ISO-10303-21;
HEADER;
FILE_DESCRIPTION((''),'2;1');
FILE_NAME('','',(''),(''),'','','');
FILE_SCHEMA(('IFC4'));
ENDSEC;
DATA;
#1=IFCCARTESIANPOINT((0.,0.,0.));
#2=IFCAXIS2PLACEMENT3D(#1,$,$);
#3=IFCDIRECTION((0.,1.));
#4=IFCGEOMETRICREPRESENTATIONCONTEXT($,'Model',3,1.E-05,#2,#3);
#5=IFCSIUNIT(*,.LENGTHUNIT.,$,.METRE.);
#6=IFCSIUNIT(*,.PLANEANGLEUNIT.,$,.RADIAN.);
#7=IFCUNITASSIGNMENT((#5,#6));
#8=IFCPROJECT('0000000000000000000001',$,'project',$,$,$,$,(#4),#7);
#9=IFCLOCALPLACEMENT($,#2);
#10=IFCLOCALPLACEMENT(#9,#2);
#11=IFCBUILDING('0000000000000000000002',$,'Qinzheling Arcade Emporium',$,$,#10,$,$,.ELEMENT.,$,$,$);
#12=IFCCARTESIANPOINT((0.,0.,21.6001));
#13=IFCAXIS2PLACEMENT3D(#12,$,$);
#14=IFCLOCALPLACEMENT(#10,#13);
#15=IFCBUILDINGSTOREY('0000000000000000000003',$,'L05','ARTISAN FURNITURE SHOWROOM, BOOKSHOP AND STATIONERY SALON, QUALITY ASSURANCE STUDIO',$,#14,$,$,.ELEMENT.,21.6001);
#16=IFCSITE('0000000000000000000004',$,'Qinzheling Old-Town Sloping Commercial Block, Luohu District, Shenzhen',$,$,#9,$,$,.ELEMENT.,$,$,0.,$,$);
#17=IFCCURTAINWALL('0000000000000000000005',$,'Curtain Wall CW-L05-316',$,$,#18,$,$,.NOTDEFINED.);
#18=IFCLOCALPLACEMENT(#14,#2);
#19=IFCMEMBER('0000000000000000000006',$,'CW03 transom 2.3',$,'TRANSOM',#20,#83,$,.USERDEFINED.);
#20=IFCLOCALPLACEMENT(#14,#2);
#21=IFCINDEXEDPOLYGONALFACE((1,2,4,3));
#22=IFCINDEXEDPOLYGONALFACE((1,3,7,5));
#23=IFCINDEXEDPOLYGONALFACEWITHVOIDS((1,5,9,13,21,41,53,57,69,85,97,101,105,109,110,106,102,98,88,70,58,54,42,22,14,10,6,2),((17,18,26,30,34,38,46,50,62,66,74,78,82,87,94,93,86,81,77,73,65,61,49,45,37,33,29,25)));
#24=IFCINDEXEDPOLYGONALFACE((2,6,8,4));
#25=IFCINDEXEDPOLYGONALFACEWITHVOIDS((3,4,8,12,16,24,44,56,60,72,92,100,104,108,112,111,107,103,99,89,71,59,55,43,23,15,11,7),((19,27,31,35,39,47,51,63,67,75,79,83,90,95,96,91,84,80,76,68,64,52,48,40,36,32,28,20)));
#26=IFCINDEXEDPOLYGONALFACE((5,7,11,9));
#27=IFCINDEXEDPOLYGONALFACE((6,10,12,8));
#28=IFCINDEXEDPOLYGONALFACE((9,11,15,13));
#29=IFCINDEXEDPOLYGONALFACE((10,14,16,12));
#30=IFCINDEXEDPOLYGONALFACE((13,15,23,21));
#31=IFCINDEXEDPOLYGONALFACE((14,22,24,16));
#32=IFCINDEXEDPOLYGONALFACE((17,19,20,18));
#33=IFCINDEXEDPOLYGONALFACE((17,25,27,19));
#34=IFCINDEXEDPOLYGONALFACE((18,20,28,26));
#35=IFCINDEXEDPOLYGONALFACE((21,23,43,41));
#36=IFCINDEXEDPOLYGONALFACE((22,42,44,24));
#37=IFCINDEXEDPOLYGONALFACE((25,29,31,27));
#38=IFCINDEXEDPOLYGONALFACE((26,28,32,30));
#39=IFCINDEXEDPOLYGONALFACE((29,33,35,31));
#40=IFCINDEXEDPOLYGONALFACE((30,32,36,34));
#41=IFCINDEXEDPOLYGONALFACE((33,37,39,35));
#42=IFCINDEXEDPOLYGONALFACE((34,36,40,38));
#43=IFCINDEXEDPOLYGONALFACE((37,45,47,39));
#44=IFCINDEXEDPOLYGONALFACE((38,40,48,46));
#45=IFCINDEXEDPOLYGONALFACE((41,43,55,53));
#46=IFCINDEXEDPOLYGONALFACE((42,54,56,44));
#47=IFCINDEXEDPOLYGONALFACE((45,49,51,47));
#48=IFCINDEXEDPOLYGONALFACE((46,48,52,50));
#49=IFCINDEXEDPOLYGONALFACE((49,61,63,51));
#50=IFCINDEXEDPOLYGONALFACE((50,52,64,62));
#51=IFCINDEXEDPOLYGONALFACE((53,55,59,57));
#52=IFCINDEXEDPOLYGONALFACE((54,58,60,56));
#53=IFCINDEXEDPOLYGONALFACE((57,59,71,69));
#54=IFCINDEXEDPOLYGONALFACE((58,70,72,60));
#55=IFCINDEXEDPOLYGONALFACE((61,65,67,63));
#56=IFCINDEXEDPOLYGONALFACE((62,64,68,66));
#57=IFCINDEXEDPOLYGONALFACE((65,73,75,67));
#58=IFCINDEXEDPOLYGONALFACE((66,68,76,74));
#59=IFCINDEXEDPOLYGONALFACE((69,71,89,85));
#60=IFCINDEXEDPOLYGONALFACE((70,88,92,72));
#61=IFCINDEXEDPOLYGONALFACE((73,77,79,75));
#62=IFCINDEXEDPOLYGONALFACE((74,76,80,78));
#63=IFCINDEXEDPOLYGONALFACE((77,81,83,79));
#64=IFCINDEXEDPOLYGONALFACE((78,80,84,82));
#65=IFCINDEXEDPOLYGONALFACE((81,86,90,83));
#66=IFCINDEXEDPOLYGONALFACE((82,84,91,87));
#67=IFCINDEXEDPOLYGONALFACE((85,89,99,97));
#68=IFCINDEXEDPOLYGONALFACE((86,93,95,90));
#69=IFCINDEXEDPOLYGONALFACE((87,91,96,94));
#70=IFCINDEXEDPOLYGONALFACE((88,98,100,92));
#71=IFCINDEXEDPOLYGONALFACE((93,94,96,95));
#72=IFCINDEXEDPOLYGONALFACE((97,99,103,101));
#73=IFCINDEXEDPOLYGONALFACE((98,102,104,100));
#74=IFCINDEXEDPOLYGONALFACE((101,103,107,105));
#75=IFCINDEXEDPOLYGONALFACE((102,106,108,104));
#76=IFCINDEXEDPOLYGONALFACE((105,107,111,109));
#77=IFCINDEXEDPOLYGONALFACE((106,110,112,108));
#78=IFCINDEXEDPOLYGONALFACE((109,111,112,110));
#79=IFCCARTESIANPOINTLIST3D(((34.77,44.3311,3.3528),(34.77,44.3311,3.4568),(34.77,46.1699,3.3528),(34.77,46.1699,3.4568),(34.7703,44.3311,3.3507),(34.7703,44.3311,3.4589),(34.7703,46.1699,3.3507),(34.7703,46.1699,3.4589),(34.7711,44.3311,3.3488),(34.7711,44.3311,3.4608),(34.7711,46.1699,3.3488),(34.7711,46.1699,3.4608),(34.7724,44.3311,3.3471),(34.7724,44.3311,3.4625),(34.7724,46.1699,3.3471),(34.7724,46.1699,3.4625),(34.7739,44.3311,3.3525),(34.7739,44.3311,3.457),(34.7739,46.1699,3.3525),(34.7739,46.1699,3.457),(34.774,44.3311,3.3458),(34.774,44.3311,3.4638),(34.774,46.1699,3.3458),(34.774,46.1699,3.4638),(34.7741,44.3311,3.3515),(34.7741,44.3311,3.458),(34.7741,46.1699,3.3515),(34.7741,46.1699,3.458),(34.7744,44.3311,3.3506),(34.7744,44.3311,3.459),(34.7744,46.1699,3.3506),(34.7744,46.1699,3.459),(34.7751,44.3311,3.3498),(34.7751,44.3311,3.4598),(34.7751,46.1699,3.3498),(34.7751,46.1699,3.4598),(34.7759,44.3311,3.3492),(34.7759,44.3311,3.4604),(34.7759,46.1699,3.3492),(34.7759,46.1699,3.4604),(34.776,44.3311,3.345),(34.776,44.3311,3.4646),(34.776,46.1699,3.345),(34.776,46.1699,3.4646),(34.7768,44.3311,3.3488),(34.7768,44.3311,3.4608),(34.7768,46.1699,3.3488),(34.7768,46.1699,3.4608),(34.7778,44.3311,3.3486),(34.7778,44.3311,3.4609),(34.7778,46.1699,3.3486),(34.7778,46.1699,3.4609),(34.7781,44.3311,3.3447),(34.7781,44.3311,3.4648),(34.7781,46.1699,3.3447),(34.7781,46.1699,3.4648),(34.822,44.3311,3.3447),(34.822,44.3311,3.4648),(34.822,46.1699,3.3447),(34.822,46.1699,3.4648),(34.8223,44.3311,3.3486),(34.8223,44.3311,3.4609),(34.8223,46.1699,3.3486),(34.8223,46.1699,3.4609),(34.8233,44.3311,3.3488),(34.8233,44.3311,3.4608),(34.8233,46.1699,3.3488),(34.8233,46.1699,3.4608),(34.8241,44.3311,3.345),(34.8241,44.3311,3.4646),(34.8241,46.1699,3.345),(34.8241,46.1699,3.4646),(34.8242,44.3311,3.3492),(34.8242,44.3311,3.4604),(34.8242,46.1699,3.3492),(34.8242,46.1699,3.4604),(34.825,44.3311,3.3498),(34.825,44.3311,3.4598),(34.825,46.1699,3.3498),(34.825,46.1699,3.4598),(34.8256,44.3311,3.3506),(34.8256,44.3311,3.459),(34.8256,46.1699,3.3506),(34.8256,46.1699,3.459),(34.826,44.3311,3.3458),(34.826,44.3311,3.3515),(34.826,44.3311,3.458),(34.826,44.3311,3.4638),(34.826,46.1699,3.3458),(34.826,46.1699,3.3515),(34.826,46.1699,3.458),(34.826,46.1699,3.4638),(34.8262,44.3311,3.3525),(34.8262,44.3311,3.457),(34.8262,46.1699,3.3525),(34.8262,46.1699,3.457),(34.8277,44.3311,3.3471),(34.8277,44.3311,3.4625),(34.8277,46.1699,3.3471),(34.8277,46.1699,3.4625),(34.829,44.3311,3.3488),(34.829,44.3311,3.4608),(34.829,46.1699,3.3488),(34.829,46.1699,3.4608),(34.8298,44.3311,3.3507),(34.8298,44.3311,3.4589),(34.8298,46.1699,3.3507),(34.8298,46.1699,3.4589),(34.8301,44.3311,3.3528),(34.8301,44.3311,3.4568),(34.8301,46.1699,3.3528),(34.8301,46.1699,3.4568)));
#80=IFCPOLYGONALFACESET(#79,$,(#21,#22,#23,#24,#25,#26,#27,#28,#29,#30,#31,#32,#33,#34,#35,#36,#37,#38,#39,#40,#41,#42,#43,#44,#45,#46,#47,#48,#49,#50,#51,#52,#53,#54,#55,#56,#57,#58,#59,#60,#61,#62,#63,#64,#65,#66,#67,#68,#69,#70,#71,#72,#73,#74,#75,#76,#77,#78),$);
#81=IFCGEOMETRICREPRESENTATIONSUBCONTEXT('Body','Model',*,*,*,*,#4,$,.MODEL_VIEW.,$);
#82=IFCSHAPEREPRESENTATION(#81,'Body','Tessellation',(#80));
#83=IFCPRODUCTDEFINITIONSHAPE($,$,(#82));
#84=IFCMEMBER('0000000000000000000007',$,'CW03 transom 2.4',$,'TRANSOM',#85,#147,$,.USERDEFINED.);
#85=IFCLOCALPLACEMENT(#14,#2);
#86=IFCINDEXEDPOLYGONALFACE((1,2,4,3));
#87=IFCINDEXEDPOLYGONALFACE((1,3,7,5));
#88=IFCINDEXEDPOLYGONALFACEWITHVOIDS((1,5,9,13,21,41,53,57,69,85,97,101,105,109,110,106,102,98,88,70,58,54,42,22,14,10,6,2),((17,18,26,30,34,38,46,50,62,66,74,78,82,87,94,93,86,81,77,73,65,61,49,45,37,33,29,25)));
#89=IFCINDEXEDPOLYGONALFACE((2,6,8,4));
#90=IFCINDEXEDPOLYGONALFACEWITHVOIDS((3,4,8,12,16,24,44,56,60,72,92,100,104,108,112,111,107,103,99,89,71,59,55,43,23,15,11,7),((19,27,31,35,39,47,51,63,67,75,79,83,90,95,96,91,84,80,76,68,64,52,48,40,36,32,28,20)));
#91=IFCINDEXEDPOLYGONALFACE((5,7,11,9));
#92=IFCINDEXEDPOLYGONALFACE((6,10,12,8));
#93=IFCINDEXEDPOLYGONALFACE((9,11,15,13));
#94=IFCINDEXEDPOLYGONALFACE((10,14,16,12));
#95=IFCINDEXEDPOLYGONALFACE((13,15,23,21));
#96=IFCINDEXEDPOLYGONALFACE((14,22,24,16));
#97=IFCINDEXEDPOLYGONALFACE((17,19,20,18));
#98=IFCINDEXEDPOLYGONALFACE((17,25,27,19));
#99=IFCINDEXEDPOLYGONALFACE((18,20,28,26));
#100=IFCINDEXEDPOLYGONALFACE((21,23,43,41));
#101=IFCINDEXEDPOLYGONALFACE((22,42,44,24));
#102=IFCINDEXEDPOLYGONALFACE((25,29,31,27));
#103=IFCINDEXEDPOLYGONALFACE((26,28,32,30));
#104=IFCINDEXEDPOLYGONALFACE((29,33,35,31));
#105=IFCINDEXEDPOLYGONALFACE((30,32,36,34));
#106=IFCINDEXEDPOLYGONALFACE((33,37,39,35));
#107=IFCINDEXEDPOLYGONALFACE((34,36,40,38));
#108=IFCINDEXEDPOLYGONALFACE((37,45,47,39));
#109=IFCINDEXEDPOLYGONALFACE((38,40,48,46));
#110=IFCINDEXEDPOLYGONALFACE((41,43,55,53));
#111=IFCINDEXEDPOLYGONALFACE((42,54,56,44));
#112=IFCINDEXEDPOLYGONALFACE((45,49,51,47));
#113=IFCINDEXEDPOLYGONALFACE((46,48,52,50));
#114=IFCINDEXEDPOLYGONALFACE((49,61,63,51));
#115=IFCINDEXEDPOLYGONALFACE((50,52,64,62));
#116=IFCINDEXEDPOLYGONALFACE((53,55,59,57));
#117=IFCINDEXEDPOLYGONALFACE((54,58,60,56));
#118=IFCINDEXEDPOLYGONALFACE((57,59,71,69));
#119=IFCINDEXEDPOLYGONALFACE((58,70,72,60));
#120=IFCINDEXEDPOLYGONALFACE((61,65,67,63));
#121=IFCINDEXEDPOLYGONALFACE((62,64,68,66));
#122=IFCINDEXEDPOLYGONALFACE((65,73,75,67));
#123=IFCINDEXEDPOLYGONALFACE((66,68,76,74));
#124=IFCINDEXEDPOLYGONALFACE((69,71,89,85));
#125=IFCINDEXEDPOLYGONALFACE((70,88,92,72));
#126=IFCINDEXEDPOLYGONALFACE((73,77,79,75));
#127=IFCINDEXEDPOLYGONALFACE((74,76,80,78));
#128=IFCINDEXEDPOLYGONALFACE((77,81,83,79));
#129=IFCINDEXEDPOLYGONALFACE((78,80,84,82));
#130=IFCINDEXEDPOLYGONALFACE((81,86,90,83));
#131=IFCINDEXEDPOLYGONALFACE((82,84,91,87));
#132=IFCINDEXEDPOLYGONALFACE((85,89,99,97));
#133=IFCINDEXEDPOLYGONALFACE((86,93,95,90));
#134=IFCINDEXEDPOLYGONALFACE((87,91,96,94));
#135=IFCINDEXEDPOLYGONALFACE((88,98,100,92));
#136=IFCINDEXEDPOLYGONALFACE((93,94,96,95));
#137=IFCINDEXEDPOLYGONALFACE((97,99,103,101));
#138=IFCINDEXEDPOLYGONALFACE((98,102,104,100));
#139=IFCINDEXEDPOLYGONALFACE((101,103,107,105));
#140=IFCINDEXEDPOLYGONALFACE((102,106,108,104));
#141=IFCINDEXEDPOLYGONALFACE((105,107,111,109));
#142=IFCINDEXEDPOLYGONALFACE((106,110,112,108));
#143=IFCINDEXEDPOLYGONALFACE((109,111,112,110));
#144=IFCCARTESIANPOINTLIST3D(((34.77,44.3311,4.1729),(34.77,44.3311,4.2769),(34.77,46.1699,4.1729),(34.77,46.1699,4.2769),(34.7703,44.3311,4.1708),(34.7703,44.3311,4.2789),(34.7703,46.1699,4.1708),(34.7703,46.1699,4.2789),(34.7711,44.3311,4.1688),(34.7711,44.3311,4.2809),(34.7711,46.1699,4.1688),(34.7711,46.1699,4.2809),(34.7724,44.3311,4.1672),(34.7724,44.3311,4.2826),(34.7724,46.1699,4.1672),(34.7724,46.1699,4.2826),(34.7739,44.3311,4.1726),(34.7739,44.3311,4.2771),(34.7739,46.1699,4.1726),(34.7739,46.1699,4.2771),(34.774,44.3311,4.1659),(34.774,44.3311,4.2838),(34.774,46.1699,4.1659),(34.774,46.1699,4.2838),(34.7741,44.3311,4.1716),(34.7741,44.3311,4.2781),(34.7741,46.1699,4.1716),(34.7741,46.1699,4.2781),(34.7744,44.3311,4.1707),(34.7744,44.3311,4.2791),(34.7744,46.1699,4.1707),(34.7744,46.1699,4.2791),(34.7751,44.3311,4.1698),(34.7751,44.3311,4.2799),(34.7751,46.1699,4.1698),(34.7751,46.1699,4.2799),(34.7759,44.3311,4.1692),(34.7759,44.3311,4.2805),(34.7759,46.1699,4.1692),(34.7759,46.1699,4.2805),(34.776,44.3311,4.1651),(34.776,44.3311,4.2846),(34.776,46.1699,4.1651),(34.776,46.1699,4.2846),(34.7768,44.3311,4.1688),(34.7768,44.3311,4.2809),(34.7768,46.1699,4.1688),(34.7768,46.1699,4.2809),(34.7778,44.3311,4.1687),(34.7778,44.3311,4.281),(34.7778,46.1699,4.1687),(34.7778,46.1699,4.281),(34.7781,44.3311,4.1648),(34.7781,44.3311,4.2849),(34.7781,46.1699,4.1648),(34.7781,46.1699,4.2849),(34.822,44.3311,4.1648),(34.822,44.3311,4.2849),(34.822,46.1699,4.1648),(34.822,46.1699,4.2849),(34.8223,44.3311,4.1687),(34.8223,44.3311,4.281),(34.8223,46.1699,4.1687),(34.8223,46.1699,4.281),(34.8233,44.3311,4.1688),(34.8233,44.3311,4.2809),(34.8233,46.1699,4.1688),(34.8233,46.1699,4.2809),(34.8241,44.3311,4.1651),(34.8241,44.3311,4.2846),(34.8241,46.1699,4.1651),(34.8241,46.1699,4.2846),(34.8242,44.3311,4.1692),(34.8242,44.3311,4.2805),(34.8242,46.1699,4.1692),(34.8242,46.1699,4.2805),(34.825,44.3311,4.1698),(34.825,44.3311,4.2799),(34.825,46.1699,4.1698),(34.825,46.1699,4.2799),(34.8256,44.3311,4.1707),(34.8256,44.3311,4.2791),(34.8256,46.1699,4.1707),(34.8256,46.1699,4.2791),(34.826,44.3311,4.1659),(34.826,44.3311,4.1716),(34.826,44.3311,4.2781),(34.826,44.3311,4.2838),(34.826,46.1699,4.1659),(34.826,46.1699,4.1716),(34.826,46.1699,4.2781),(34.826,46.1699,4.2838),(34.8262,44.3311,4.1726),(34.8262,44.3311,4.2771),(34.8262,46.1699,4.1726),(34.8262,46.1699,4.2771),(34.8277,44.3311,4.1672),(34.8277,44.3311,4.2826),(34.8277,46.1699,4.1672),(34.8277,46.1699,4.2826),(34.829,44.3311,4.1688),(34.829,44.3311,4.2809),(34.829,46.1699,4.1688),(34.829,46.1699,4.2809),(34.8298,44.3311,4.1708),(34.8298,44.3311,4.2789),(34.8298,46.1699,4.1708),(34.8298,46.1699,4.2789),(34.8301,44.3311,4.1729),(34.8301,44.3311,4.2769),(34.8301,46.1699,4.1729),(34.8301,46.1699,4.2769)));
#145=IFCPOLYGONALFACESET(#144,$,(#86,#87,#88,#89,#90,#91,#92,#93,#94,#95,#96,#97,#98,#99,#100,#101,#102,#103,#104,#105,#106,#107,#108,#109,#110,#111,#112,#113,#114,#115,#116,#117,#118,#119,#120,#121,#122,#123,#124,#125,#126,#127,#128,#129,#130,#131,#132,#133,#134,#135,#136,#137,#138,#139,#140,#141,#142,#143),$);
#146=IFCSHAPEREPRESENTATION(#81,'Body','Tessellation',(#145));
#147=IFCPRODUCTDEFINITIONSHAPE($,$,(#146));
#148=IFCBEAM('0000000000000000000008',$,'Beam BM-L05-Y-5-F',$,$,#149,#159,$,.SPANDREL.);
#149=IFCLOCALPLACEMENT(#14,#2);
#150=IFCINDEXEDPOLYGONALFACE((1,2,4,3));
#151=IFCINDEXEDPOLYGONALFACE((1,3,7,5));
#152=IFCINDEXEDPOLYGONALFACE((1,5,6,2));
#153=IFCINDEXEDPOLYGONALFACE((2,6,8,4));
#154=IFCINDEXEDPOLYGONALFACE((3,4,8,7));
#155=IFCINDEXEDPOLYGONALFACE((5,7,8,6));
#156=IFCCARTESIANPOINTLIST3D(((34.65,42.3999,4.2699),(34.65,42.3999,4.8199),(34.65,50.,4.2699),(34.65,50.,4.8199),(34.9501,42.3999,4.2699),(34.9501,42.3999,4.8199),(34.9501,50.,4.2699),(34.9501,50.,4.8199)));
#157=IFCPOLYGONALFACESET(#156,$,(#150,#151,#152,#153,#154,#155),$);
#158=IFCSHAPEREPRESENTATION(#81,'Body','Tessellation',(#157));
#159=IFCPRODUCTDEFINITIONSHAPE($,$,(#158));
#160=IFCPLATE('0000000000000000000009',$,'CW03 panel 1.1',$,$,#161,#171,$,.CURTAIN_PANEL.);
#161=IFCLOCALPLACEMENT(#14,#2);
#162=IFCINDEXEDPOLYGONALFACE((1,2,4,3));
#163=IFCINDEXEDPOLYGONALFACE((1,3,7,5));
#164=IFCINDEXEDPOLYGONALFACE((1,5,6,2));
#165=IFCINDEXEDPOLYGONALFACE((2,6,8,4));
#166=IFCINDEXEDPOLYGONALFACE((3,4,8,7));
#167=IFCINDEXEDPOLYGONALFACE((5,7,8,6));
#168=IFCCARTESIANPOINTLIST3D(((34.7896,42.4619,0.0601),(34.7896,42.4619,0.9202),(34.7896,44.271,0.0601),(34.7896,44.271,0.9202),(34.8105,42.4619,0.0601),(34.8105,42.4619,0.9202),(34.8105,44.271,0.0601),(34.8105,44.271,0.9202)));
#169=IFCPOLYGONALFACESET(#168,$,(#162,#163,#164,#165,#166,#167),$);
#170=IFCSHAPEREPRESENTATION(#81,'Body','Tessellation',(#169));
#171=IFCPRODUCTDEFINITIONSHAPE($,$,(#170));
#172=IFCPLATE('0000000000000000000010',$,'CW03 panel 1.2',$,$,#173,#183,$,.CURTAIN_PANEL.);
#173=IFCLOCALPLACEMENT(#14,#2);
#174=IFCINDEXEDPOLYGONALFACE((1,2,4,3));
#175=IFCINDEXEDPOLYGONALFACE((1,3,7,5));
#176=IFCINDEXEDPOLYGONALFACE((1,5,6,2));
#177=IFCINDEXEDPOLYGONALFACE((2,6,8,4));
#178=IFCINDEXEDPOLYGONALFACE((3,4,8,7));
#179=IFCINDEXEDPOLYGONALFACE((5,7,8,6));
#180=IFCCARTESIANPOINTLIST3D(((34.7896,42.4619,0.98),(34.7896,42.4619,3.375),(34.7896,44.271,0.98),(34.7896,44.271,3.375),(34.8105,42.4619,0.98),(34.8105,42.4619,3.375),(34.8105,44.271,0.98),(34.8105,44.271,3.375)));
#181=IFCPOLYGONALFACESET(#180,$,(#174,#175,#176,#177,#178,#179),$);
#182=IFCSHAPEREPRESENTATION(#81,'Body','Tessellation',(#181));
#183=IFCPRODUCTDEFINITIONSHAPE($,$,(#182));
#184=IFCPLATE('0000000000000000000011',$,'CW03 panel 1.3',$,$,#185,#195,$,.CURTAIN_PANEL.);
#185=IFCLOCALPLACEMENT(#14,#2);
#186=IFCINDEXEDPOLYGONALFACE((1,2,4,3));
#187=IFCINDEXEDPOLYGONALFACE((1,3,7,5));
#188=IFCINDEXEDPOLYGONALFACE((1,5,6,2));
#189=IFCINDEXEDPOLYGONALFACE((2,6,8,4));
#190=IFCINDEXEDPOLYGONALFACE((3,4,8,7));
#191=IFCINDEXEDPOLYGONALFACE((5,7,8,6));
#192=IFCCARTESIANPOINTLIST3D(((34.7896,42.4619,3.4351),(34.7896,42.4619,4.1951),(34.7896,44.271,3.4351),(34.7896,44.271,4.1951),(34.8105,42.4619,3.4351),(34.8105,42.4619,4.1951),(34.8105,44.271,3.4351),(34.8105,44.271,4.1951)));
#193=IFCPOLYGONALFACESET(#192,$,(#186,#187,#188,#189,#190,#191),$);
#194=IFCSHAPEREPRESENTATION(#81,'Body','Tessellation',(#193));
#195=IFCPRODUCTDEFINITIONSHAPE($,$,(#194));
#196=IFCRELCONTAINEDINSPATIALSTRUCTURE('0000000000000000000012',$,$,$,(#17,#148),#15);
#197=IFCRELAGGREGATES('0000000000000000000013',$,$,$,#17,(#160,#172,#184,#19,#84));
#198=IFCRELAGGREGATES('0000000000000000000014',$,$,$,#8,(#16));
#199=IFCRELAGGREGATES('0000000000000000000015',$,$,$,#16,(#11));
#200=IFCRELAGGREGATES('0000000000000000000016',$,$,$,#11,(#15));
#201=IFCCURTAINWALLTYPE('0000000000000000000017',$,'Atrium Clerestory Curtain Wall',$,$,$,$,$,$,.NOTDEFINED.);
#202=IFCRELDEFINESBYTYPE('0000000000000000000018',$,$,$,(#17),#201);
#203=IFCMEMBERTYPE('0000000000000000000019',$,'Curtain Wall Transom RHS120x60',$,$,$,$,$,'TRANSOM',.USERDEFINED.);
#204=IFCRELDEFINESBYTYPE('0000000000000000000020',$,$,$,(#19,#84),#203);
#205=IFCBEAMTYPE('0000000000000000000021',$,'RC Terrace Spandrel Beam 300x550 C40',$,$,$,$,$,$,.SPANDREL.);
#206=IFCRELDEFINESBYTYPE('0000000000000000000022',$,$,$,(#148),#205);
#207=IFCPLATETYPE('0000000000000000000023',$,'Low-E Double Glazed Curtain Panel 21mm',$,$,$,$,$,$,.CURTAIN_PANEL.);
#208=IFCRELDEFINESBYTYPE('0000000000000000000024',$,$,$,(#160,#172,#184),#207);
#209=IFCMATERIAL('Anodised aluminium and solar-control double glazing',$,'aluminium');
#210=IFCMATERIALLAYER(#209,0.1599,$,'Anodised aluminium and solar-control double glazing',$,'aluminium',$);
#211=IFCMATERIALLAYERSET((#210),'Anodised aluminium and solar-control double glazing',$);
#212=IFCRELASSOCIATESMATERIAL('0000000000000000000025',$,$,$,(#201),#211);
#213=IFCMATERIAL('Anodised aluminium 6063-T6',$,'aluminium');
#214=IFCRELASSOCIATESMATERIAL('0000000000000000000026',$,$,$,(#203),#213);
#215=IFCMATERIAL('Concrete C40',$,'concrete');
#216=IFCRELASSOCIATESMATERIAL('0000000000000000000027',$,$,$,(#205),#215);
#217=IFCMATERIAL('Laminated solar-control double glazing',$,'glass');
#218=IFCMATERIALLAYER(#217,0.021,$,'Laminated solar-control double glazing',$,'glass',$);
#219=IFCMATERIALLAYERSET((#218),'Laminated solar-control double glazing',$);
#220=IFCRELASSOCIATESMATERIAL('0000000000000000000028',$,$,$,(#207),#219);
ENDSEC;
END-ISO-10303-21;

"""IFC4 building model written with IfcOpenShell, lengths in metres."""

from ifc_helpers import new_model, si_unit, direction, frame, origin, origin_2d, place, context, subcontext, project, spatial, rectangle, hollow_rectangle, extrude, material, layer, layer_set, material_profile, profile_set, type_object, element, aggregate, save


model = new_model("IFC4")

# Units and contexts
model_context = context("Model", 3, precision=1e-05, world=origin(), true_north=direction((0.0, 1.0)))
body_context = subcontext(model_context, "Body", "Model", "MODEL_VIEW")
ifc_project = project(units=[si_unit("LENGTHUNIT", "METRE"), si_unit("PLANEANGLEUNIT", "RADIAN")], contexts=[model_context])

# Site, building, storey
site_placement = place(None, origin())
site = spatial("IfcSite", under=ifc_project, at=site_placement, Name="Qinzheling Old-Town Sloping Commercial Block, Luohu District, Shenzhen", CompositionType="ELEMENT", RefElevation=0.0)
building_placement = place(site_placement, origin())
building = spatial("IfcBuilding", under=site, at=building_placement, Name="Qinzheling Arcade Emporium", CompositionType="ELEMENT")
storey_placement = place(building_placement, frame((0.0, 0.0, 21.6001)))
storey = spatial("IfcBuildingStorey", under=building, at=storey_placement, Name="L05", Description="ARTISAN FURNITURE SHOWROOM, BOOKSHOP AND STATIONERY SALON, QUALITY ASSURANCE STUDIO", CompositionType="ELEMENT", Elevation=21.6001)

# Shared definitions
ifc_material_1 = material(Name="Concrete C40", Category="concrete")

# Curtain wall
ifc_material_2 = material(Name="Anodised aluminium and solar-control double glazing", Category="aluminium")
ifc_layer_1 = layer(ifc_material_2, 0.1599, Name="Anodised aluminium and solar-control double glazing", Category="aluminium")
ifc_layer_set_1 = layer_set([ifc_layer_1], Name="Anodised aluminium and solar-control double glazing")
curtain_wall_type = type_object("IfcCurtainWallType", Name="Atrium Clerestory Curtain Wall", PredefinedType="NOTDEFINED", material=ifc_layer_set_1)
ifc_material_3 = material(Name="Anodised aluminium 6063-T6", Category="aluminium")
curtain_wall_1_placement = place(storey_placement, origin())
curtain_wall_1 = element("IfcCurtainWall", 1, at=curtain_wall_1_placement, inside=storey, type_object=curtain_wall_type, Name="Curtain Wall CW-L05-316", PredefinedType="NOTDEFINED")

# Members
ifc_material_profile_1 = material_profile(ifc_material_3, hollow_rectangle(XDim=0.0601, YDim=0.1201, WallThickness=0.0039, InnerFilletRadius=0.0039, OuterFilletRadius=0.0081, at=origin_2d()), Name="RHS 120x60x4", Category="aluminium")
ifc_profile_set_1 = profile_set([ifc_material_profile_1], Name="Anodised aluminium 6063-T6")
member_type_1 = type_object("IfcMemberType", Name="Curtain Wall Transom RHS120x60", ElementType="TRANSOM", PredefinedType="USERDEFINED", material=ifc_profile_set_1)
member_1_placement = place(storey_placement, frame((34.8, 44.3311, 3.4048), z_axis=(0.0, 1.0, 0.0), x_axis=(-1.0, 0.0, 0.0)))
member_1 = element("IfcMember", 2, at=member_1_placement, type_object=member_type_1, Name="CW03 transom 2.3", ObjectType="TRANSOM", PredefinedType="USERDEFINED", context=body_context, shape_type="SweptSolid", body=[
    extrude(hollow_rectangle(XDim=0.0601, YDim=0.1201, WallThickness=0.0039, InnerFilletRadius=0.0039, OuterFilletRadius=0.0081, at=origin_2d()), origin(), (0.0, 0.0, 1.0), 1.8389),
])
member_2_placement = place(storey_placement, frame((34.8, 44.3311, 4.2249), z_axis=(0.0, 1.0, 0.0), x_axis=(-1.0, 0.0, 0.0)))
member_2 = element("IfcMember", 3, at=member_2_placement, type_object=member_type_1, Name="CW03 transom 2.4", ObjectType="TRANSOM", PredefinedType="USERDEFINED", context=body_context, shape_type="SweptSolid", body=[
    extrude(hollow_rectangle(XDim=0.0601, YDim=0.1201, WallThickness=0.0039, InnerFilletRadius=0.0039, OuterFilletRadius=0.0081, at=origin_2d()), origin(), (0.0, 0.0, 1.0), 1.8389),
])

# Beam
ifc_material_profile_2 = material_profile(ifc_material_1, rectangle(XDim=0.3, YDim=0.55, at=origin_2d()), Name="RC 300x550", Category="concrete")
ifc_profile_set_2 = profile_set([ifc_material_profile_2], Name="Concrete C40")
beam_type = type_object("IfcBeamType", Name="RC Terrace Spandrel Beam 300x550 C40", PredefinedType="SPANDREL", material=ifc_profile_set_2)
beam_placement = place(storey_placement, frame((34.8, 42.3999, 4.5449), z_axis=(0.0, 1.0, 0.0), x_axis=(-1.0, 0.0, 0.0)))
element("IfcBeam", 4, at=beam_placement, inside=storey, type_object=beam_type, Name="Beam BM-L05-Y-5-F", PredefinedType="SPANDREL", context=body_context, shape_type="SweptSolid", body=[
    extrude(rectangle(XDim=0.3, YDim=0.55, at=origin_2d()), origin(), (0.0, 0.0, 1.0), 7.6001),
])

# Plates
ifc_material_4 = material(Name="Laminated solar-control double glazing", Category="glass")
ifc_layer_2 = layer(ifc_material_4, 0.021, Name="Laminated solar-control double glazing", Category="glass")
ifc_layer_set_2 = layer_set([ifc_layer_2], Name="Laminated solar-control double glazing")
plate_type_1 = type_object("IfcPlateType", Name="Low-E Double Glazed Curtain Panel 21mm", PredefinedType="CURTAIN_PANEL", material=ifc_layer_set_2)
plate_1_placement = place(storey_placement, frame((34.8, 43.3665, 0.0601), z_axis=(0.0, 0.0, 1.0), x_axis=(0.0, 1.0, 0.0)))
plate_1 = element("IfcPlate", 5, at=plate_1_placement, type_object=plate_type_1, Name="CW03 panel 1.1", PredefinedType="CURTAIN_PANEL", context=body_context, shape_type="SweptSolid", body=[
    extrude(rectangle(XDim=1.8091, YDim=0.021, at=origin_2d()), origin(), (0.0, 0.0, 1.0), 0.8601),
])
plate_2_placement = place(storey_placement, frame((34.8, 43.3665, 0.98), z_axis=(0.0, 0.0, 1.0), x_axis=(0.0, 1.0, 0.0)))
plate_2 = element("IfcPlate", 6, at=plate_2_placement, type_object=plate_type_1, Name="CW03 panel 1.2", PredefinedType="CURTAIN_PANEL", context=body_context, shape_type="SweptSolid", body=[
    extrude(rectangle(XDim=1.8091, YDim=0.021, at=origin_2d()), origin(), (0.0, 0.0, 1.0), 2.395),
])
plate_3_placement = place(storey_placement, frame((34.8, 43.3665, 3.4351), z_axis=(0.0, 0.0, 1.0), x_axis=(0.0, 1.0, 0.0)))
plate_3 = element("IfcPlate", 7, at=plate_3_placement, type_object=plate_type_1, Name="CW03 panel 1.3", PredefinedType="CURTAIN_PANEL", context=body_context, shape_type="SweptSolid", body=[
    extrude(rectangle(XDim=1.8091, YDim=0.021, at=origin_2d()), origin(), (0.0, 0.0, 1.0), 0.76),
])
aggregate(curtain_wall_1, [plate_1, plate_2, plate_3, member_1, member_2])

save(model, "model.ifc")
